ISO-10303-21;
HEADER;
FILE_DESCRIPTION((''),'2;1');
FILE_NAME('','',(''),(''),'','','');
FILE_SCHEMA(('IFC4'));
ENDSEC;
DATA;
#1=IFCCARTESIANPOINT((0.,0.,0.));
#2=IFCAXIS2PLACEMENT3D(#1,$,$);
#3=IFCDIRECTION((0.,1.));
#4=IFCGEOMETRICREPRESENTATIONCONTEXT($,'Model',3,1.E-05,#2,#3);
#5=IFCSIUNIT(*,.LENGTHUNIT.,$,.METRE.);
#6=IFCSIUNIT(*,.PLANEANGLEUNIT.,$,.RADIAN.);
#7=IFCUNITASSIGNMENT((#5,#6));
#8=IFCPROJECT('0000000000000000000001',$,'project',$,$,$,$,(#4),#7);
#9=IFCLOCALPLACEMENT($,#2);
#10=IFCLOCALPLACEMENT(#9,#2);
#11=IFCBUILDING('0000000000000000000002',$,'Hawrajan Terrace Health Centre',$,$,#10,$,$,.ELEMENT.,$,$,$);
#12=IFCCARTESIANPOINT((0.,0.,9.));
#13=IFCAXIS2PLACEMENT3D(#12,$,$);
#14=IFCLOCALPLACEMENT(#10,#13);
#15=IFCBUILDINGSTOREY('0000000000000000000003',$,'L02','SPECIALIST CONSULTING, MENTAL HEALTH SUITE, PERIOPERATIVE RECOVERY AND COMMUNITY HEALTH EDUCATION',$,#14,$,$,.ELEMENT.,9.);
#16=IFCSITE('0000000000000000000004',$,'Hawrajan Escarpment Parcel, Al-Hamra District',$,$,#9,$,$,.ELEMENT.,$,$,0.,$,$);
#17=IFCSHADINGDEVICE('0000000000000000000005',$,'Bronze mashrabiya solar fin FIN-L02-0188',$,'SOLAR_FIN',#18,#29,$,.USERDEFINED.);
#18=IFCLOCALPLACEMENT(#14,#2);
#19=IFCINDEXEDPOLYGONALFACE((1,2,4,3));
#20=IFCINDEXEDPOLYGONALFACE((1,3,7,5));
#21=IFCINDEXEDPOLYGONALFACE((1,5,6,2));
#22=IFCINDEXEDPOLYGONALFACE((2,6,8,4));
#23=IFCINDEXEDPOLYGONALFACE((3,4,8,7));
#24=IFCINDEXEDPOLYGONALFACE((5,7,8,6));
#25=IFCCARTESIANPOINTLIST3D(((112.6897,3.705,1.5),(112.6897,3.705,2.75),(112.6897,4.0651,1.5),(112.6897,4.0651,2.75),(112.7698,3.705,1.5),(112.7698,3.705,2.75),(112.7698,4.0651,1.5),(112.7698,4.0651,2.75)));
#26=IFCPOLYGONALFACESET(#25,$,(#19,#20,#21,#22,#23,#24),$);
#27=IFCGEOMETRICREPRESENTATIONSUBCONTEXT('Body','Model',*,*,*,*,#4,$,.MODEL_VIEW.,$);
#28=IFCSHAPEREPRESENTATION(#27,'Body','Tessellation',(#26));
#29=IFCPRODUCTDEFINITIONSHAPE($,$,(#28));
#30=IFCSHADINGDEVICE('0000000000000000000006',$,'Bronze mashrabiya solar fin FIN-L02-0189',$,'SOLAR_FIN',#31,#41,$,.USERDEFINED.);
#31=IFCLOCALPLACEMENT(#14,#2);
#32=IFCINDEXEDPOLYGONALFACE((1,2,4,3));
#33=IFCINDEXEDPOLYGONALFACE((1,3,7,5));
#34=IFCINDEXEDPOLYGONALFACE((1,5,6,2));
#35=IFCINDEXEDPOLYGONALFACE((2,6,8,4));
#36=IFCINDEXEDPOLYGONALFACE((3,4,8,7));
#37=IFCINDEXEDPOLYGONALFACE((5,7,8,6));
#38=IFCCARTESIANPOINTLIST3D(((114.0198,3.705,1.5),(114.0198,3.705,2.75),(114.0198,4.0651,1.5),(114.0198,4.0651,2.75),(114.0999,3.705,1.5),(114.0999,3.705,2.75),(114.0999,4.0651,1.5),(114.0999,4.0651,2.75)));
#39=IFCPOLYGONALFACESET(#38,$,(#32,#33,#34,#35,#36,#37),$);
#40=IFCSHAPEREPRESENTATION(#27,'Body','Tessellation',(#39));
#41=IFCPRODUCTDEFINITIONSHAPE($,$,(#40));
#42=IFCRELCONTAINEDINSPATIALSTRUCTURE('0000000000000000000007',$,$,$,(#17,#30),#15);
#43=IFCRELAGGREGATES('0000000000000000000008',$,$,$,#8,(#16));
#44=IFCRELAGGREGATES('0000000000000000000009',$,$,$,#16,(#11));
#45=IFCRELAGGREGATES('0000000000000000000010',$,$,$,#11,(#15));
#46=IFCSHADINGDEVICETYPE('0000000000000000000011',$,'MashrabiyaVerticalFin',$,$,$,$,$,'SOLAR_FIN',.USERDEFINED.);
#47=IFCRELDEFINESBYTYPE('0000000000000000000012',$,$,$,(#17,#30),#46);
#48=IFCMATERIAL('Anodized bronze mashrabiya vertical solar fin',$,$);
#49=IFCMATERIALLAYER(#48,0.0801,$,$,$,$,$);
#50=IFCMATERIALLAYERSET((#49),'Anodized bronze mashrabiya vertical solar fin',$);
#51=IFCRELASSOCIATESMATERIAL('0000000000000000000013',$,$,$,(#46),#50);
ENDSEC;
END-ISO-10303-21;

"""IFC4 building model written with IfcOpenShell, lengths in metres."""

from ifc_helpers import new_model, si_unit, direction, frame, origin, origin_2d, place, context, subcontext, project, spatial, rectangle, extrude, material, layer, layer_set, type_object, element, save


model = new_model("IFC4")

# Units and contexts
model_context = context("Model", 3, precision=1e-05, world=origin(), true_north=direction((0.0, 1.0)))
body_context = subcontext(model_context, "Body", "Model", "MODEL_VIEW")
ifc_project = project(units=[si_unit("LENGTHUNIT", "METRE"), si_unit("PLANEANGLEUNIT", "RADIAN")], contexts=[model_context])

# Site, building, storey
site_placement = place(None, origin())
site = spatial("IfcSite", under=ifc_project, at=site_placement, Name="Hawrajan Escarpment Parcel, Al-Hamra District", CompositionType="ELEMENT", RefElevation=0.0)
building_placement = place(site_placement, origin())
building = spatial("IfcBuilding", under=site, at=building_placement, Name="Hawrajan Terrace Health Centre", CompositionType="ELEMENT")
storey_placement = place(building_placement, frame((0.0, 0.0, 9.0)))
storey = spatial("IfcBuildingStorey", under=building, at=storey_placement, Name="L02", Description="SPECIALIST CONSULTING, MENTAL HEALTH SUITE, PERIOPERATIVE RECOVERY AND COMMUNITY HEALTH EDUCATION", CompositionType="ELEMENT", Elevation=9.0)

# Shading devices
ifc_material_1 = material(Name="Anodized bronze mashrabiya vertical solar fin")
ifc_layer_1 = layer(ifc_material_1, 0.0801)
ifc_layer_set_1 = layer_set([ifc_layer_1], Name="Anodized bronze mashrabiya vertical solar fin")
shading_device_type = type_object("IfcShadingDeviceType", Name="MashrabiyaVerticalFin", ElementType="SOLAR_FIN", PredefinedType="USERDEFINED", material=ifc_layer_set_1)
for number, where, z_axis, x_axis, name in (
    (1, (112.7297, 3.885, 1.5), (0.0, 0.0, 1.0), (1.0, 0.0, 0.0), "Bronze mashrabiya solar fin FIN-L02-0188"),
    (2, (114.0598, 3.885, 1.5), (0.0, 0.0, 1.0), (1.0, 0.0, 0.0), "Bronze mashrabiya solar fin FIN-L02-0189"),
):
    element("IfcShadingDevice", number, at=place(storey_placement, frame(where, z_axis=z_axis, x_axis=x_axis)), inside=storey, type_object=shading_device_type, Name=name, ObjectType="SOLAR_FIN", PredefinedType="USERDEFINED", context=body_context, shape_type="SweptSolid", body=[
        extrude(rectangle(XDim=0.0801, YDim=0.3601, at=origin_2d()), origin(), (0.0, 0.0, 1.0), 1.25),
    ])

save(model, "model.ifc")
